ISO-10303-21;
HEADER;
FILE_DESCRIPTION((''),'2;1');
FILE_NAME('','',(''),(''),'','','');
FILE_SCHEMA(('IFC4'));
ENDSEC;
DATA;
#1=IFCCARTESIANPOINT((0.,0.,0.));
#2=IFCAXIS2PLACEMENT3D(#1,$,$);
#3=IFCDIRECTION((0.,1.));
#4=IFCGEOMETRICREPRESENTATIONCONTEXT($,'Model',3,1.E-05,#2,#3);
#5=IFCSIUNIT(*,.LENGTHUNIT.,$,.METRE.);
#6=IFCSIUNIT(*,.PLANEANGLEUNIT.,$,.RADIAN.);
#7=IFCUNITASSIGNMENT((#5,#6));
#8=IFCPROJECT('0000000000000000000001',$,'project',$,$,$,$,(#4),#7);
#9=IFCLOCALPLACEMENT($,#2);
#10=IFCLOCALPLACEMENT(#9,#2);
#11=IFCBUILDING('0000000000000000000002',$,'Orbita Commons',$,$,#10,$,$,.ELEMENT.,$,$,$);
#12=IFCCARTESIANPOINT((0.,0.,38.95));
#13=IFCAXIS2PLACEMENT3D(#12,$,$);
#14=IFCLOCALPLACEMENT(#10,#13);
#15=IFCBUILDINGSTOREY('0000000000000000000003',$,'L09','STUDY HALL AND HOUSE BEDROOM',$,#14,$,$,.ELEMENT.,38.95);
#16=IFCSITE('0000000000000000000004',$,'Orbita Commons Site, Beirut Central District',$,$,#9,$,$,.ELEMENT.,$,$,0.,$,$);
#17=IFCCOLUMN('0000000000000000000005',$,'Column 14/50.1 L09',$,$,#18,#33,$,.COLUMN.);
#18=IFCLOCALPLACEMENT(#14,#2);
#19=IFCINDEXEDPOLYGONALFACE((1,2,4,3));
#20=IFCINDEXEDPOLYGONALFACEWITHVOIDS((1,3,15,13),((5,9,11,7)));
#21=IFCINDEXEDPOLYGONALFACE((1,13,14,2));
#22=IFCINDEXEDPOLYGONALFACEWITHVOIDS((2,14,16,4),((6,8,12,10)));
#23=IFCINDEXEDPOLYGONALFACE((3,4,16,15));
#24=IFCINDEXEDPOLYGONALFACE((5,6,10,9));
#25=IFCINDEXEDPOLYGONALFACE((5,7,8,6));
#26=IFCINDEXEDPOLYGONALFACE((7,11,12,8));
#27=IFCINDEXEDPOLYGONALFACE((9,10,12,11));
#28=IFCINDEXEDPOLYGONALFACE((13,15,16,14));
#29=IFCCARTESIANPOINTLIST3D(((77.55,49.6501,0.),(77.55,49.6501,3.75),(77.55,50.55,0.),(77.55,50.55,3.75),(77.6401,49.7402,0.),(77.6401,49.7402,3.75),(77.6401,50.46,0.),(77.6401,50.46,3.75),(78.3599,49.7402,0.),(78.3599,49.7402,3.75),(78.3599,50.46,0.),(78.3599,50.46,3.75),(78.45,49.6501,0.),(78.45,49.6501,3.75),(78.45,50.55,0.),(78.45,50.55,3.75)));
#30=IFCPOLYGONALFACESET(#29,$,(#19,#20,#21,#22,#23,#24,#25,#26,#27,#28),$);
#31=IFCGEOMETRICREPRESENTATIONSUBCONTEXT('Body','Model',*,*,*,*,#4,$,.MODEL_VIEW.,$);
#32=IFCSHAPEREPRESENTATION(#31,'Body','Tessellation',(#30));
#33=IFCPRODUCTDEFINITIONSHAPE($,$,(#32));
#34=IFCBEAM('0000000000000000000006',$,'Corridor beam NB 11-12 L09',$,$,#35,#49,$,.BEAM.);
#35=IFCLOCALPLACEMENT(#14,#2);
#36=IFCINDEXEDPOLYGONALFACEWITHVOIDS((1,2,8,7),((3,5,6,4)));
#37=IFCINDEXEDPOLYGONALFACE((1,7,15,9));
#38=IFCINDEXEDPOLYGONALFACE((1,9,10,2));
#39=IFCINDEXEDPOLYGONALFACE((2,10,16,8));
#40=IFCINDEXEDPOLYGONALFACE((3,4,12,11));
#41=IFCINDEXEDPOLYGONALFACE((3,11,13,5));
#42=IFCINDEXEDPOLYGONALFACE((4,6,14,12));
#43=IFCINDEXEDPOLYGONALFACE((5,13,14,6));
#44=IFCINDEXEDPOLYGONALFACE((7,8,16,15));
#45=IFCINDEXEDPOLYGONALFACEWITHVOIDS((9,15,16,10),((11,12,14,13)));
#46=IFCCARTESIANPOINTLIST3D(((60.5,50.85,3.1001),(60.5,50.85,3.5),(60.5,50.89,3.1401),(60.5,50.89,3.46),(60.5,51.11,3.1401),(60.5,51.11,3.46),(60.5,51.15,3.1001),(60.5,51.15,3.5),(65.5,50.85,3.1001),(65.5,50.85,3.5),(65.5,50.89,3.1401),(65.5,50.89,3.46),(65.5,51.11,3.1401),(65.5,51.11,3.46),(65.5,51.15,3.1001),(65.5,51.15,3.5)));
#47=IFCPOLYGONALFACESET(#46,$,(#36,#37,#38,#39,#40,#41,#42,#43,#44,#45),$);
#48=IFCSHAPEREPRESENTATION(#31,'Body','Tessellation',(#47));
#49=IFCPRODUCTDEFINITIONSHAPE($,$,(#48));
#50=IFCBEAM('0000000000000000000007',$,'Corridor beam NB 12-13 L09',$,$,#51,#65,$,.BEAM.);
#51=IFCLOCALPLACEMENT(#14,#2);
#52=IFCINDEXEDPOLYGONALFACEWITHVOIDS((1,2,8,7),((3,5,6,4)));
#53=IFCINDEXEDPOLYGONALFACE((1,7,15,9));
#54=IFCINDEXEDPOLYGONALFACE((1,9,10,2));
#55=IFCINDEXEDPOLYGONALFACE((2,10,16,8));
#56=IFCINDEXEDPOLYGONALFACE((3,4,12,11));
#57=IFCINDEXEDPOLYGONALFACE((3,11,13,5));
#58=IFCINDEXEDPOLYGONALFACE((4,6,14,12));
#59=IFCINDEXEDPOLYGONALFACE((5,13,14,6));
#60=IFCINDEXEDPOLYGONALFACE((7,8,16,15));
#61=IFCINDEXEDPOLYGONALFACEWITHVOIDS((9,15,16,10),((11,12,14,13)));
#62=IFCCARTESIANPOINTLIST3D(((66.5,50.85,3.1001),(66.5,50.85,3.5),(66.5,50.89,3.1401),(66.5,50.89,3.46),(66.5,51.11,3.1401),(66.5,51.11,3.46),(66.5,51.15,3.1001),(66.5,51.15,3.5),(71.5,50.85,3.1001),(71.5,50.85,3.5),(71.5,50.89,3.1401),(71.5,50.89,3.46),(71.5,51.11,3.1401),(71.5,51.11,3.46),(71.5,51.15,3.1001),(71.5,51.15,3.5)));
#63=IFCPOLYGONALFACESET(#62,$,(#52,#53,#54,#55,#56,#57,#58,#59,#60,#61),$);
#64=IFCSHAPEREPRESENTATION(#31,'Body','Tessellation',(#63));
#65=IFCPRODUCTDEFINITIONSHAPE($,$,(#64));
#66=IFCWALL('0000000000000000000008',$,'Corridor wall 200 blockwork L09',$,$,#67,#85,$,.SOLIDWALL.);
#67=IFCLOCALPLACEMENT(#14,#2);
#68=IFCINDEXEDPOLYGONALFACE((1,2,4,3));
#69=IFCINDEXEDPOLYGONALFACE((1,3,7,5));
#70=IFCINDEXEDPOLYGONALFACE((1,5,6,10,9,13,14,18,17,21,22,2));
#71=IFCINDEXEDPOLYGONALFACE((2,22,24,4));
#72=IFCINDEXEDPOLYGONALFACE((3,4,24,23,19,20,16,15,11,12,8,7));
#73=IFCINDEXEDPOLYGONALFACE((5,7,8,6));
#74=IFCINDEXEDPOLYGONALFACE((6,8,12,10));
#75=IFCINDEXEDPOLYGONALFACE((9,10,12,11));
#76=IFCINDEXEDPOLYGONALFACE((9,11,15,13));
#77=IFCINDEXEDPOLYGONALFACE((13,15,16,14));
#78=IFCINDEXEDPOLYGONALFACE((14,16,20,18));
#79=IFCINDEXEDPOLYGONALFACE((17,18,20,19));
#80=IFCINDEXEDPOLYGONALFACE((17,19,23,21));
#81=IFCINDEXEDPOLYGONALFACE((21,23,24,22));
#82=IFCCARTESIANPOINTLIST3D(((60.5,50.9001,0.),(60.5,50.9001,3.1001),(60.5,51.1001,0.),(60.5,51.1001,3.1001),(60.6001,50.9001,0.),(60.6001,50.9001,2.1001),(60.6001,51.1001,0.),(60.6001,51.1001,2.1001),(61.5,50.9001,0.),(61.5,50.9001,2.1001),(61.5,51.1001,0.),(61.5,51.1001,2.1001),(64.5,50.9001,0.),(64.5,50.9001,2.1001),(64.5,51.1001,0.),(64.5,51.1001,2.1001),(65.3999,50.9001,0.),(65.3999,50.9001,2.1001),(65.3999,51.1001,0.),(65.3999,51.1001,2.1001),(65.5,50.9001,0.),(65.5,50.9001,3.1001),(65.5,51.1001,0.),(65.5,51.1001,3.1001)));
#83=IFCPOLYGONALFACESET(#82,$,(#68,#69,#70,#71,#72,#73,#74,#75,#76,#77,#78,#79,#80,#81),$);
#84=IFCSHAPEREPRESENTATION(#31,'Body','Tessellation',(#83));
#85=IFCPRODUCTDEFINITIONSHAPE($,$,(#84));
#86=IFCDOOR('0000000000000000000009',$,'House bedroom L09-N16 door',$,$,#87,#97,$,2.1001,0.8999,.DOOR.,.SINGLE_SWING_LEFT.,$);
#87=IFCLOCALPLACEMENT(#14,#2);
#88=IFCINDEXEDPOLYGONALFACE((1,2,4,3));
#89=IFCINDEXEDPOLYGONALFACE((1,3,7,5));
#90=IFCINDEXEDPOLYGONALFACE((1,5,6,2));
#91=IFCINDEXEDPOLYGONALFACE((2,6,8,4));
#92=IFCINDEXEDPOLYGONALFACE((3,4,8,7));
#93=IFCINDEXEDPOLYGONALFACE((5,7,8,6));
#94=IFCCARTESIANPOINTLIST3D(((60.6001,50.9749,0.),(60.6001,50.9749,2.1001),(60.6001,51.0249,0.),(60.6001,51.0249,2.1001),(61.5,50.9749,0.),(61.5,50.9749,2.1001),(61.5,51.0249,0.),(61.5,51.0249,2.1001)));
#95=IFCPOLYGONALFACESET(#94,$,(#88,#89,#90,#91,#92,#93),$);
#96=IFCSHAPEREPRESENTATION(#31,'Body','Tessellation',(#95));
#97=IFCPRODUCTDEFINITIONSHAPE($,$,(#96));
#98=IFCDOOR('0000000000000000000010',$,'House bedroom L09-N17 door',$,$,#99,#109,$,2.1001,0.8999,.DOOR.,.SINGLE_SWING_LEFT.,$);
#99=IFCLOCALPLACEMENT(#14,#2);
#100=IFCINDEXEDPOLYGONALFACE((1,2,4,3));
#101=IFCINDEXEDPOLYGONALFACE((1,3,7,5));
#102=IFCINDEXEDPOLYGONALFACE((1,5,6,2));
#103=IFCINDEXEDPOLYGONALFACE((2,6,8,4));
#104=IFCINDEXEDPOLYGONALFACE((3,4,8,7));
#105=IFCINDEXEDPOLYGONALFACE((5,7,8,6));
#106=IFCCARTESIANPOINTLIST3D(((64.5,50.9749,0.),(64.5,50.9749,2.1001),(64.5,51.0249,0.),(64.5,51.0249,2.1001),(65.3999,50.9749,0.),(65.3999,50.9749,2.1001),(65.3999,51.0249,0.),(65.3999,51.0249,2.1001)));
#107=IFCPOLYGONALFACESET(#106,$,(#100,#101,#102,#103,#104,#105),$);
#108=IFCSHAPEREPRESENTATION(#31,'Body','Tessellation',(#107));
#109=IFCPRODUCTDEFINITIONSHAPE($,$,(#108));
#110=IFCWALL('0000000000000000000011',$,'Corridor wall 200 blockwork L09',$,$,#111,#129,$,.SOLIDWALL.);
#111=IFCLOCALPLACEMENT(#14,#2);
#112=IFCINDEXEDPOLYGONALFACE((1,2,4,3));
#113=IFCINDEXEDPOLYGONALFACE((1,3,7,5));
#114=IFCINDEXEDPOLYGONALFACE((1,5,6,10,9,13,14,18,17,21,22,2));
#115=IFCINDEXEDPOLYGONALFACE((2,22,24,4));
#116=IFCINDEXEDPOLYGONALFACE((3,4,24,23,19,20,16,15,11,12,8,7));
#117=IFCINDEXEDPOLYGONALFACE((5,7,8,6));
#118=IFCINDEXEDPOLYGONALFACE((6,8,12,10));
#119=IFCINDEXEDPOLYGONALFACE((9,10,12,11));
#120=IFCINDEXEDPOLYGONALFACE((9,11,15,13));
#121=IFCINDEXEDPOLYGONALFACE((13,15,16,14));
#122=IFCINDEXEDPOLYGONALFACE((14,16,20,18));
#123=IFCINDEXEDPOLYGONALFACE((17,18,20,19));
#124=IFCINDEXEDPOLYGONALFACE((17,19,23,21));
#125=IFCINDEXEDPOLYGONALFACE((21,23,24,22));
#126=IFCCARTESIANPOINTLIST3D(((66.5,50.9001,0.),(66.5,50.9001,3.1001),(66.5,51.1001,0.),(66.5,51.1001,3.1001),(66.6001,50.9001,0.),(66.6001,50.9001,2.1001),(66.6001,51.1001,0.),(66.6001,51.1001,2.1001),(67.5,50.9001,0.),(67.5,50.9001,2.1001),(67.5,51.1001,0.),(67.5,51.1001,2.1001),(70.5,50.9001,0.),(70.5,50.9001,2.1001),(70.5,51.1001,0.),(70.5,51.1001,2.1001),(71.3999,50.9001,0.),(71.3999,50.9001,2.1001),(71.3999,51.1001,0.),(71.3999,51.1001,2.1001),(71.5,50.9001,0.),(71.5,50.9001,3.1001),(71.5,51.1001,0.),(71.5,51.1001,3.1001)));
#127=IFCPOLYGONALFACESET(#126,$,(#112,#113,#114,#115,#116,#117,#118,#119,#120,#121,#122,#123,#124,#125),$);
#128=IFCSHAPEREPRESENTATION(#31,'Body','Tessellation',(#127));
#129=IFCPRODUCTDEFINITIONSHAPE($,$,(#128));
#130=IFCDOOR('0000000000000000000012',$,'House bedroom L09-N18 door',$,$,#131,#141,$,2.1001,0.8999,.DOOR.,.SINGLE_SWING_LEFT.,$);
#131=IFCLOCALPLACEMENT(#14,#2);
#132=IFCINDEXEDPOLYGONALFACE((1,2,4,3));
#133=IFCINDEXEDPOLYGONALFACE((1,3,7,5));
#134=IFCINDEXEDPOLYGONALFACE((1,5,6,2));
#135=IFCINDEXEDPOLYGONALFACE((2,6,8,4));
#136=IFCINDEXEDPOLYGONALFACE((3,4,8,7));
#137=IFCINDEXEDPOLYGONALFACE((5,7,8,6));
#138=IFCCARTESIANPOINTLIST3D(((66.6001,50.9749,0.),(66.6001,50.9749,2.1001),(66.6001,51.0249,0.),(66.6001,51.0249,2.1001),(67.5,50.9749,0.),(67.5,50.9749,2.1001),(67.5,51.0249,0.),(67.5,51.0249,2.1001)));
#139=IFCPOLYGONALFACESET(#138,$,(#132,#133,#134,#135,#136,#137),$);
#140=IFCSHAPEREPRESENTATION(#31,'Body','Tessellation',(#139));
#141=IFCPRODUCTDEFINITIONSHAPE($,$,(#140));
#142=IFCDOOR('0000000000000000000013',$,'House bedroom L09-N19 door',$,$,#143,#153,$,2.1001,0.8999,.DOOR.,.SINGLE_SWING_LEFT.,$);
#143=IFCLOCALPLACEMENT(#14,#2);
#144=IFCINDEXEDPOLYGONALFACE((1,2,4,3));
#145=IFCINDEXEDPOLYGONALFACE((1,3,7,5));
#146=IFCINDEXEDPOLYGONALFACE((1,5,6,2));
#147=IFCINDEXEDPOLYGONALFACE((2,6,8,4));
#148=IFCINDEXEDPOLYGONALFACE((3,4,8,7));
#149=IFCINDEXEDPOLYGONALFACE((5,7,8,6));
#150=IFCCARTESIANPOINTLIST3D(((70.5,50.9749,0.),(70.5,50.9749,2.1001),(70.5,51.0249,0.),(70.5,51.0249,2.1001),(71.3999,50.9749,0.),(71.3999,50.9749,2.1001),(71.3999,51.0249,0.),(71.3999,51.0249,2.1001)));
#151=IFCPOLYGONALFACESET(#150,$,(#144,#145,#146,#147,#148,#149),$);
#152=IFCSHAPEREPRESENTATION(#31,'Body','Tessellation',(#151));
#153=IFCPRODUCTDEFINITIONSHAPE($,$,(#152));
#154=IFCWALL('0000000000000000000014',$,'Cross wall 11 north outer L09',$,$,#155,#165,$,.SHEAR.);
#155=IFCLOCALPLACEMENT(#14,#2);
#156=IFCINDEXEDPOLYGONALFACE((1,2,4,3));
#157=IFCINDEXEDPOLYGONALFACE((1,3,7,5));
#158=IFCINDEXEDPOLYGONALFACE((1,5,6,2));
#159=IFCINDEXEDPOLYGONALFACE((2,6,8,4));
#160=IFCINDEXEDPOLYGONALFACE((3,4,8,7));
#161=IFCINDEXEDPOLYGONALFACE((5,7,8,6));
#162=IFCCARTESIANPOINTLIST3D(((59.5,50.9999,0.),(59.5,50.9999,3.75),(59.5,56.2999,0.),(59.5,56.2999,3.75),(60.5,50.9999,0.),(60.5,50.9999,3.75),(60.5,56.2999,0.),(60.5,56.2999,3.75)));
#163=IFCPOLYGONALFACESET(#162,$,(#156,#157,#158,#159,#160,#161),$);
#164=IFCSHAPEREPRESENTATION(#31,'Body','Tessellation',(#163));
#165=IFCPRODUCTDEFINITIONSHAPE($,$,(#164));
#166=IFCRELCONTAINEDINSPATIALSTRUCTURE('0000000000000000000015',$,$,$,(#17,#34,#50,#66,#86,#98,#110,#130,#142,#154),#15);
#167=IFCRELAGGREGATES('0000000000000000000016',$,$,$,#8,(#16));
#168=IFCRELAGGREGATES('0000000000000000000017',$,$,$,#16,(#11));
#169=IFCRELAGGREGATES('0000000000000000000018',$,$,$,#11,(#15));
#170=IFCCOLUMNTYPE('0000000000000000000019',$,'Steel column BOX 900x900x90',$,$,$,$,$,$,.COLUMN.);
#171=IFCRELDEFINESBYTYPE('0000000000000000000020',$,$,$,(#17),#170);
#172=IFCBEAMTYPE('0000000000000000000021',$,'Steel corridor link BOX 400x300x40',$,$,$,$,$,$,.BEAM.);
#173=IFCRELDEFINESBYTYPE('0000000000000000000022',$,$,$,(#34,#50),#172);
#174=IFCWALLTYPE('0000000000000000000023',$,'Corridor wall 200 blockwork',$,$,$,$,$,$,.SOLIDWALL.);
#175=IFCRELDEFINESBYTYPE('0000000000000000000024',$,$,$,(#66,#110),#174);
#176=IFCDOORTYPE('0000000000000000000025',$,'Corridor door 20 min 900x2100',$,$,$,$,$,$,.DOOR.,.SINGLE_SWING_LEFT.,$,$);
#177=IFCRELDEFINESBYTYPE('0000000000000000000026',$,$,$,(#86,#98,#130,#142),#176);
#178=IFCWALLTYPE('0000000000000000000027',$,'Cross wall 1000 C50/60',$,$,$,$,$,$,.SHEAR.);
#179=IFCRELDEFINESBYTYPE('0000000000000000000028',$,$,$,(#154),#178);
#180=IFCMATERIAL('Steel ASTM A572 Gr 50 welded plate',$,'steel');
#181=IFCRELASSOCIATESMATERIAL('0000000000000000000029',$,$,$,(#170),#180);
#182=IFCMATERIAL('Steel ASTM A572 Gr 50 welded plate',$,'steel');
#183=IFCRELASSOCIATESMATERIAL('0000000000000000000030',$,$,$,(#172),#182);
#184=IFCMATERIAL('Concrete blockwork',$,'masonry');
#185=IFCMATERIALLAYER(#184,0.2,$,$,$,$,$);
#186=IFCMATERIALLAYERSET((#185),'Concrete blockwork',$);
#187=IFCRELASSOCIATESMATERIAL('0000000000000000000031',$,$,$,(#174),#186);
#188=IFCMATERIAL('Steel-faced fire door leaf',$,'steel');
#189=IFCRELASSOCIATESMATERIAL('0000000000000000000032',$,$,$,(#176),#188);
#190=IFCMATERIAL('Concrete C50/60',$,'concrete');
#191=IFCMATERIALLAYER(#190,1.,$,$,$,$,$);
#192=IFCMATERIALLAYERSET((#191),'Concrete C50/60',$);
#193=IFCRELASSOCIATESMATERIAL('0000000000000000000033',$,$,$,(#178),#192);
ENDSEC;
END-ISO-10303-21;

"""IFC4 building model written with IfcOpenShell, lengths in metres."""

from ifc_helpers import new_model, si_unit, direction, frame, frame_2d, origin, origin_2d, place, context, subcontext, project, spatial, polyline, rectangle, hollow_rectangle, outline, extrude, material, layer, layer_set, material_profile, profile_set, type_object, element, fill, save


model = new_model("IFC4")

# Units and contexts
model_context = context("Model", 3, precision=1e-05, world=origin(), true_north=direction((0.0, 1.0)))
body_context = subcontext(model_context, "Body", "Model", "MODEL_VIEW")
ifc_project = project(units=[si_unit("LENGTHUNIT", "METRE"), si_unit("PLANEANGLEUNIT", "RADIAN")], contexts=[model_context])

# Site, building, storey
site_placement = place(None, origin())
site = spatial("IfcSite", under=ifc_project, at=site_placement, Name="Orbita Commons Site, Beirut Central District", CompositionType="ELEMENT", RefElevation=0.0)
building_placement = place(site_placement, origin())
building = spatial("IfcBuilding", under=site, at=building_placement, Name="Orbita Commons", CompositionType="ELEMENT")
storey_placement = place(building_placement, frame((0.0, 0.0, 38.95)))
storey = spatial("IfcBuildingStorey", under=building, at=storey_placement, Name="L09", Description="STUDY HALL AND HOUSE BEDROOM", CompositionType="ELEMENT", Elevation=38.95)

# Column
ifc_material_1 = material(Name="Steel ASTM A572 Gr 50 welded plate", Category="steel")
ifc_material_profile_1 = material_profile(ifc_material_1, hollow_rectangle(XDim=0.8999, YDim=0.8999, WallThickness=0.0901, at=origin_2d()), Name="BOX 900x900x90")
ifc_profile_set_1 = profile_set([ifc_material_profile_1], Name="Steel ASTM A572 Gr 50 welded plate")
column_type = type_object("IfcColumnType", Name="Steel column BOX 900x900x90", PredefinedType="COLUMN", material=ifc_profile_set_1)
column_placement = place(storey_placement, frame((78.0, 50.1001, 0.0), z_axis=(0.0, 0.0, 1.0), x_axis=(1.0, 0.0, 0.0)))
element("IfcColumn", 1, at=column_placement, inside=storey, type_object=column_type, Name="Column 14/50.1 L09", PredefinedType="COLUMN", context=body_context, shape_type="SweptSolid", body=[
    extrude(hollow_rectangle(XDim=0.8999, YDim=0.8999, WallThickness=0.0901, at=origin_2d()), origin(), (0.0, 0.0, 1.0), 3.75),
])

# Beams
ifc_material_2 = material(Name="Steel ASTM A572 Gr 50 welded plate", Category="steel")
ifc_material_profile_2 = material_profile(ifc_material_2, hollow_rectangle(XDim=0.3, YDim=0.3999, WallThickness=0.04, at=origin_2d()), Name="BOX 400x300x40")
ifc_profile_set_2 = profile_set([ifc_material_profile_2], Name="Steel ASTM A572 Gr 50 welded plate")
beam_type = type_object("IfcBeamType", Name="Steel corridor link BOX 400x300x40", PredefinedType="BEAM", material=ifc_profile_set_2)
for number, where, z_axis, x_axis, name in (
    (2, (60.5, 51.0, 3.3), (1.0, 0.0, 0.0), (0.0, 1.0, 0.0), "Corridor beam NB 11-12 L09"),
    (3, (66.5, 51.0, 3.3), (1.0, 0.0, 0.0), (0.0, 1.0, 0.0), "Corridor beam NB 12-13 L09"),
):
    element("IfcBeam", number, at=place(storey_placement, frame(where, z_axis=z_axis, x_axis=x_axis)), inside=storey, type_object=beam_type, Name=name, PredefinedType="BEAM", context=body_context, shape_type="SweptSolid", body=[
        extrude(hollow_rectangle(XDim=0.3, YDim=0.3999, WallThickness=0.04, at=origin_2d()), origin(), (0.0, 0.0, 1.0), 5.0),
    ])

# Walls, openings, doors
ifc_material_3 = material(Name="Concrete blockwork", Category="masonry")
ifc_layer_1 = layer(ifc_material_3, 0.2)
ifc_layer_set_1 = layer_set([ifc_layer_1], Name="Concrete blockwork")
wall_type_1 = type_object("IfcWallType", Name="Corridor wall 200 blockwork", PredefinedType="SOLIDWALL", material=ifc_layer_set_1)
wall_1_placement = place(storey_placement, frame((60.5, 51.0, 0.0), z_axis=(0.0, 0.0, 1.0), x_axis=(1.0, 0.0, 0.0)))
wall_1 = element("IfcWall", 4, at=wall_1_placement, inside=storey, type_object=wall_type_1, Name="Corridor wall 200 blockwork L09", PredefinedType="SOLIDWALL", context=body_context, shape_type="SweptSolid", body=[
    extrude(outline(polyline([(0.0, 0.0), (5.0, 0.0), (5.0, 3.1001), (0.0, 3.1001), (0.0, 0.0)])), frame((0.0, 0.1001, 0.0), z_axis=(0.0, -1.0, 0.0), x_axis=(1.0, 0.0, 0.0)), (0.0, 0.0, 1.0), 0.2),
])
opening_1_placement = place(wall_1_placement, frame((0.1001, 0.0, 0.0)))
opening_1 = element("IfcOpeningElement", 5, at=opening_1_placement, cuts=wall_1, PredefinedType="OPENING", context=body_context, shape_type="SweptSolid", body=[
    extrude(rectangle(XDim=0.8999, YDim=2.1001, at=frame_2d((0.45, 1.05))), frame((0.0, 0.1099, 0.0), z_axis=(0.0, -1.0, 0.0), x_axis=(1.0, 0.0, 0.0)), (0.0, 0.0, 1.0), 0.22),
])
opening_2_placement = place(wall_1_placement, frame((4.0, 0.0, 0.0)))
opening_2 = element("IfcOpeningElement", 6, at=opening_2_placement, cuts=wall_1, PredefinedType="OPENING", context=body_context, shape_type="SweptSolid", body=[
    extrude(rectangle(XDim=0.8999, YDim=2.1001, at=frame_2d((0.45, 1.05))), frame((0.0, 0.1099, 0.0), z_axis=(0.0, -1.0, 0.0), x_axis=(1.0, 0.0, 0.0)), (0.0, 0.0, 1.0), 0.22),
])
ifc_material_4 = material(Name="Steel-faced fire door leaf", Category="steel")
door_type_1 = type_object("IfcDoorType", Name="Corridor door 20 min 900x2100", OperationType="SINGLE_SWING_LEFT", PredefinedType="DOOR", material=ifc_material_4)
door_1_placement = place(opening_1_placement, origin())
door_1 = element("IfcDoor", 7, at=door_1_placement, inside=storey, type_object=door_type_1, Name="House bedroom L09-N16 door", OperationType="SINGLE_SWING_LEFT", OverallHeight=2.1001, OverallWidth=0.8999, PredefinedType="DOOR", context=body_context, shape_type="SweptSolid", body=[
    extrude(rectangle(XDim=0.8999, YDim=2.1001, at=frame_2d((0.45, 1.05))), frame((0.0, 0.0249, 0.0), z_axis=(0.0, -1.0, 0.0), x_axis=(1.0, 0.0, 0.0)), (0.0, 0.0, 1.0), 0.05),
])
fill(opening_1, door_1)
door_2_placement = place(opening_2_placement, origin())
door_2 = element("IfcDoor", 8, at=door_2_placement, inside=storey, type_object=door_type_1, Name="House bedroom L09-N17 door", OperationType="SINGLE_SWING_LEFT", OverallHeight=2.1001, OverallWidth=0.8999, PredefinedType="DOOR", context=body_context, shape_type="SweptSolid", body=[
    extrude(rectangle(XDim=0.8999, YDim=2.1001, at=frame_2d((0.45, 1.05))), frame((0.0, 0.0249, 0.0), z_axis=(0.0, -1.0, 0.0), x_axis=(1.0, 0.0, 0.0)), (0.0, 0.0, 1.0), 0.05),
])
fill(opening_2, door_2)
wall_2_placement = place(storey_placement, frame((66.5, 51.0, 0.0), z_axis=(0.0, 0.0, 1.0), x_axis=(1.0, 0.0, 0.0)))
wall_2 = element("IfcWall", 9, at=wall_2_placement, inside=storey, type_object=wall_type_1, Name="Corridor wall 200 blockwork L09", PredefinedType="SOLIDWALL", context=body_context, shape_type="SweptSolid", body=[
    extrude(outline(polyline([(0.0, 0.0), (5.0, 0.0), (5.0, 3.1001), (0.0, 3.1001), (0.0, 0.0)])), frame((0.0, 0.1001, 0.0), z_axis=(0.0, -1.0, 0.0), x_axis=(1.0, 0.0, 0.0)), (0.0, 0.0, 1.0), 0.2),
])
opening_3_placement = place(wall_2_placement, frame((0.1001, 0.0, 0.0)))
opening_3 = element("IfcOpeningElement", 10, at=opening_3_placement, cuts=wall_2, PredefinedType="OPENING", context=body_context, shape_type="SweptSolid", body=[
    extrude(rectangle(XDim=0.8999, YDim=2.1001, at=frame_2d((0.45, 1.05))), frame((0.0, 0.1099, 0.0), z_axis=(0.0, -1.0, 0.0), x_axis=(1.0, 0.0, 0.0)), (0.0, 0.0, 1.0), 0.22),
])
opening_4_placement = place(wall_2_placement, frame((4.0, 0.0, 0.0)))
opening_4 = element("IfcOpeningElement", 11, at=opening_4_placement, cuts=wall_2, PredefinedType="OPENING", context=body_context, shape_type="SweptSolid", body=[
    extrude(rectangle(XDim=0.8999, YDim=2.1001, at=frame_2d((0.45, 1.05))), frame((0.0, 0.1099, 0.0), z_axis=(0.0, -1.0, 0.0), x_axis=(1.0, 0.0, 0.0)), (0.0, 0.0, 1.0), 0.22),
])
door_3_placement = place(opening_3_placement, origin())
door_3 = element("IfcDoor", 12, at=door_3_placement, inside=storey, type_object=door_type_1, Name="House bedroom L09-N18 door", OperationType="SINGLE_SWING_LEFT", OverallHeight=2.1001, OverallWidth=0.8999, PredefinedType="DOOR", context=body_context, shape_type="SweptSolid", body=[
    extrude(rectangle(XDim=0.8999, YDim=2.1001, at=frame_2d((0.45, 1.05))), frame((0.0, 0.0249, 0.0), z_axis=(0.0, -1.0, 0.0), x_axis=(1.0, 0.0, 0.0)), (0.0, 0.0, 1.0), 0.05),
])
fill(opening_3, door_3)
door_4_placement = place(opening_4_placement, origin())
door_4 = element("IfcDoor", 13, at=door_4_placement, inside=storey, type_object=door_type_1, Name="House bedroom L09-N19 door", OperationType="SINGLE_SWING_LEFT", OverallHeight=2.1001, OverallWidth=0.8999, PredefinedType="DOOR", context=body_context, shape_type="SweptSolid", body=[
    extrude(rectangle(XDim=0.8999, YDim=2.1001, at=frame_2d((0.45, 1.05))), frame((0.0, 0.0249, 0.0), z_axis=(0.0, -1.0, 0.0), x_axis=(1.0, 0.0, 0.0)), (0.0, 0.0, 1.0), 0.05),
])
fill(opening_4, door_4)

# Wall
ifc_material_5 = material(Name="Concrete C50/60", Category="concrete")
ifc_layer_2 = layer(ifc_material_5, 1.0)
ifc_layer_set_2 = layer_set([ifc_layer_2], Name="Concrete C50/60")
wall_type_2 = type_object("IfcWallType", Name="Cross wall 1000 C50/60", PredefinedType="SHEAR", material=ifc_layer_set_2)
for number, where, z_axis, x_axis, name in (
    (14, (60.0, 51.0, 0.0), (0.0, 0.0, 1.0), (0.0, 1.0, 0.0), "Cross wall 11 north outer L09"),
):
    element("IfcWall", number, at=place(storey_placement, frame(where, z_axis=z_axis, x_axis=x_axis)), inside=storey, type_object=wall_type_2, Name=name, PredefinedType="SHEAR", context=body_context, shape_type="SweptSolid", body=[
        extrude(rectangle(XDim=5.3, YDim=1.0, at=frame_2d((2.6499, 0.0))), origin(), (0.0, 0.0, 1.0), 3.75),
    ])

save(model, "model.ifc")
